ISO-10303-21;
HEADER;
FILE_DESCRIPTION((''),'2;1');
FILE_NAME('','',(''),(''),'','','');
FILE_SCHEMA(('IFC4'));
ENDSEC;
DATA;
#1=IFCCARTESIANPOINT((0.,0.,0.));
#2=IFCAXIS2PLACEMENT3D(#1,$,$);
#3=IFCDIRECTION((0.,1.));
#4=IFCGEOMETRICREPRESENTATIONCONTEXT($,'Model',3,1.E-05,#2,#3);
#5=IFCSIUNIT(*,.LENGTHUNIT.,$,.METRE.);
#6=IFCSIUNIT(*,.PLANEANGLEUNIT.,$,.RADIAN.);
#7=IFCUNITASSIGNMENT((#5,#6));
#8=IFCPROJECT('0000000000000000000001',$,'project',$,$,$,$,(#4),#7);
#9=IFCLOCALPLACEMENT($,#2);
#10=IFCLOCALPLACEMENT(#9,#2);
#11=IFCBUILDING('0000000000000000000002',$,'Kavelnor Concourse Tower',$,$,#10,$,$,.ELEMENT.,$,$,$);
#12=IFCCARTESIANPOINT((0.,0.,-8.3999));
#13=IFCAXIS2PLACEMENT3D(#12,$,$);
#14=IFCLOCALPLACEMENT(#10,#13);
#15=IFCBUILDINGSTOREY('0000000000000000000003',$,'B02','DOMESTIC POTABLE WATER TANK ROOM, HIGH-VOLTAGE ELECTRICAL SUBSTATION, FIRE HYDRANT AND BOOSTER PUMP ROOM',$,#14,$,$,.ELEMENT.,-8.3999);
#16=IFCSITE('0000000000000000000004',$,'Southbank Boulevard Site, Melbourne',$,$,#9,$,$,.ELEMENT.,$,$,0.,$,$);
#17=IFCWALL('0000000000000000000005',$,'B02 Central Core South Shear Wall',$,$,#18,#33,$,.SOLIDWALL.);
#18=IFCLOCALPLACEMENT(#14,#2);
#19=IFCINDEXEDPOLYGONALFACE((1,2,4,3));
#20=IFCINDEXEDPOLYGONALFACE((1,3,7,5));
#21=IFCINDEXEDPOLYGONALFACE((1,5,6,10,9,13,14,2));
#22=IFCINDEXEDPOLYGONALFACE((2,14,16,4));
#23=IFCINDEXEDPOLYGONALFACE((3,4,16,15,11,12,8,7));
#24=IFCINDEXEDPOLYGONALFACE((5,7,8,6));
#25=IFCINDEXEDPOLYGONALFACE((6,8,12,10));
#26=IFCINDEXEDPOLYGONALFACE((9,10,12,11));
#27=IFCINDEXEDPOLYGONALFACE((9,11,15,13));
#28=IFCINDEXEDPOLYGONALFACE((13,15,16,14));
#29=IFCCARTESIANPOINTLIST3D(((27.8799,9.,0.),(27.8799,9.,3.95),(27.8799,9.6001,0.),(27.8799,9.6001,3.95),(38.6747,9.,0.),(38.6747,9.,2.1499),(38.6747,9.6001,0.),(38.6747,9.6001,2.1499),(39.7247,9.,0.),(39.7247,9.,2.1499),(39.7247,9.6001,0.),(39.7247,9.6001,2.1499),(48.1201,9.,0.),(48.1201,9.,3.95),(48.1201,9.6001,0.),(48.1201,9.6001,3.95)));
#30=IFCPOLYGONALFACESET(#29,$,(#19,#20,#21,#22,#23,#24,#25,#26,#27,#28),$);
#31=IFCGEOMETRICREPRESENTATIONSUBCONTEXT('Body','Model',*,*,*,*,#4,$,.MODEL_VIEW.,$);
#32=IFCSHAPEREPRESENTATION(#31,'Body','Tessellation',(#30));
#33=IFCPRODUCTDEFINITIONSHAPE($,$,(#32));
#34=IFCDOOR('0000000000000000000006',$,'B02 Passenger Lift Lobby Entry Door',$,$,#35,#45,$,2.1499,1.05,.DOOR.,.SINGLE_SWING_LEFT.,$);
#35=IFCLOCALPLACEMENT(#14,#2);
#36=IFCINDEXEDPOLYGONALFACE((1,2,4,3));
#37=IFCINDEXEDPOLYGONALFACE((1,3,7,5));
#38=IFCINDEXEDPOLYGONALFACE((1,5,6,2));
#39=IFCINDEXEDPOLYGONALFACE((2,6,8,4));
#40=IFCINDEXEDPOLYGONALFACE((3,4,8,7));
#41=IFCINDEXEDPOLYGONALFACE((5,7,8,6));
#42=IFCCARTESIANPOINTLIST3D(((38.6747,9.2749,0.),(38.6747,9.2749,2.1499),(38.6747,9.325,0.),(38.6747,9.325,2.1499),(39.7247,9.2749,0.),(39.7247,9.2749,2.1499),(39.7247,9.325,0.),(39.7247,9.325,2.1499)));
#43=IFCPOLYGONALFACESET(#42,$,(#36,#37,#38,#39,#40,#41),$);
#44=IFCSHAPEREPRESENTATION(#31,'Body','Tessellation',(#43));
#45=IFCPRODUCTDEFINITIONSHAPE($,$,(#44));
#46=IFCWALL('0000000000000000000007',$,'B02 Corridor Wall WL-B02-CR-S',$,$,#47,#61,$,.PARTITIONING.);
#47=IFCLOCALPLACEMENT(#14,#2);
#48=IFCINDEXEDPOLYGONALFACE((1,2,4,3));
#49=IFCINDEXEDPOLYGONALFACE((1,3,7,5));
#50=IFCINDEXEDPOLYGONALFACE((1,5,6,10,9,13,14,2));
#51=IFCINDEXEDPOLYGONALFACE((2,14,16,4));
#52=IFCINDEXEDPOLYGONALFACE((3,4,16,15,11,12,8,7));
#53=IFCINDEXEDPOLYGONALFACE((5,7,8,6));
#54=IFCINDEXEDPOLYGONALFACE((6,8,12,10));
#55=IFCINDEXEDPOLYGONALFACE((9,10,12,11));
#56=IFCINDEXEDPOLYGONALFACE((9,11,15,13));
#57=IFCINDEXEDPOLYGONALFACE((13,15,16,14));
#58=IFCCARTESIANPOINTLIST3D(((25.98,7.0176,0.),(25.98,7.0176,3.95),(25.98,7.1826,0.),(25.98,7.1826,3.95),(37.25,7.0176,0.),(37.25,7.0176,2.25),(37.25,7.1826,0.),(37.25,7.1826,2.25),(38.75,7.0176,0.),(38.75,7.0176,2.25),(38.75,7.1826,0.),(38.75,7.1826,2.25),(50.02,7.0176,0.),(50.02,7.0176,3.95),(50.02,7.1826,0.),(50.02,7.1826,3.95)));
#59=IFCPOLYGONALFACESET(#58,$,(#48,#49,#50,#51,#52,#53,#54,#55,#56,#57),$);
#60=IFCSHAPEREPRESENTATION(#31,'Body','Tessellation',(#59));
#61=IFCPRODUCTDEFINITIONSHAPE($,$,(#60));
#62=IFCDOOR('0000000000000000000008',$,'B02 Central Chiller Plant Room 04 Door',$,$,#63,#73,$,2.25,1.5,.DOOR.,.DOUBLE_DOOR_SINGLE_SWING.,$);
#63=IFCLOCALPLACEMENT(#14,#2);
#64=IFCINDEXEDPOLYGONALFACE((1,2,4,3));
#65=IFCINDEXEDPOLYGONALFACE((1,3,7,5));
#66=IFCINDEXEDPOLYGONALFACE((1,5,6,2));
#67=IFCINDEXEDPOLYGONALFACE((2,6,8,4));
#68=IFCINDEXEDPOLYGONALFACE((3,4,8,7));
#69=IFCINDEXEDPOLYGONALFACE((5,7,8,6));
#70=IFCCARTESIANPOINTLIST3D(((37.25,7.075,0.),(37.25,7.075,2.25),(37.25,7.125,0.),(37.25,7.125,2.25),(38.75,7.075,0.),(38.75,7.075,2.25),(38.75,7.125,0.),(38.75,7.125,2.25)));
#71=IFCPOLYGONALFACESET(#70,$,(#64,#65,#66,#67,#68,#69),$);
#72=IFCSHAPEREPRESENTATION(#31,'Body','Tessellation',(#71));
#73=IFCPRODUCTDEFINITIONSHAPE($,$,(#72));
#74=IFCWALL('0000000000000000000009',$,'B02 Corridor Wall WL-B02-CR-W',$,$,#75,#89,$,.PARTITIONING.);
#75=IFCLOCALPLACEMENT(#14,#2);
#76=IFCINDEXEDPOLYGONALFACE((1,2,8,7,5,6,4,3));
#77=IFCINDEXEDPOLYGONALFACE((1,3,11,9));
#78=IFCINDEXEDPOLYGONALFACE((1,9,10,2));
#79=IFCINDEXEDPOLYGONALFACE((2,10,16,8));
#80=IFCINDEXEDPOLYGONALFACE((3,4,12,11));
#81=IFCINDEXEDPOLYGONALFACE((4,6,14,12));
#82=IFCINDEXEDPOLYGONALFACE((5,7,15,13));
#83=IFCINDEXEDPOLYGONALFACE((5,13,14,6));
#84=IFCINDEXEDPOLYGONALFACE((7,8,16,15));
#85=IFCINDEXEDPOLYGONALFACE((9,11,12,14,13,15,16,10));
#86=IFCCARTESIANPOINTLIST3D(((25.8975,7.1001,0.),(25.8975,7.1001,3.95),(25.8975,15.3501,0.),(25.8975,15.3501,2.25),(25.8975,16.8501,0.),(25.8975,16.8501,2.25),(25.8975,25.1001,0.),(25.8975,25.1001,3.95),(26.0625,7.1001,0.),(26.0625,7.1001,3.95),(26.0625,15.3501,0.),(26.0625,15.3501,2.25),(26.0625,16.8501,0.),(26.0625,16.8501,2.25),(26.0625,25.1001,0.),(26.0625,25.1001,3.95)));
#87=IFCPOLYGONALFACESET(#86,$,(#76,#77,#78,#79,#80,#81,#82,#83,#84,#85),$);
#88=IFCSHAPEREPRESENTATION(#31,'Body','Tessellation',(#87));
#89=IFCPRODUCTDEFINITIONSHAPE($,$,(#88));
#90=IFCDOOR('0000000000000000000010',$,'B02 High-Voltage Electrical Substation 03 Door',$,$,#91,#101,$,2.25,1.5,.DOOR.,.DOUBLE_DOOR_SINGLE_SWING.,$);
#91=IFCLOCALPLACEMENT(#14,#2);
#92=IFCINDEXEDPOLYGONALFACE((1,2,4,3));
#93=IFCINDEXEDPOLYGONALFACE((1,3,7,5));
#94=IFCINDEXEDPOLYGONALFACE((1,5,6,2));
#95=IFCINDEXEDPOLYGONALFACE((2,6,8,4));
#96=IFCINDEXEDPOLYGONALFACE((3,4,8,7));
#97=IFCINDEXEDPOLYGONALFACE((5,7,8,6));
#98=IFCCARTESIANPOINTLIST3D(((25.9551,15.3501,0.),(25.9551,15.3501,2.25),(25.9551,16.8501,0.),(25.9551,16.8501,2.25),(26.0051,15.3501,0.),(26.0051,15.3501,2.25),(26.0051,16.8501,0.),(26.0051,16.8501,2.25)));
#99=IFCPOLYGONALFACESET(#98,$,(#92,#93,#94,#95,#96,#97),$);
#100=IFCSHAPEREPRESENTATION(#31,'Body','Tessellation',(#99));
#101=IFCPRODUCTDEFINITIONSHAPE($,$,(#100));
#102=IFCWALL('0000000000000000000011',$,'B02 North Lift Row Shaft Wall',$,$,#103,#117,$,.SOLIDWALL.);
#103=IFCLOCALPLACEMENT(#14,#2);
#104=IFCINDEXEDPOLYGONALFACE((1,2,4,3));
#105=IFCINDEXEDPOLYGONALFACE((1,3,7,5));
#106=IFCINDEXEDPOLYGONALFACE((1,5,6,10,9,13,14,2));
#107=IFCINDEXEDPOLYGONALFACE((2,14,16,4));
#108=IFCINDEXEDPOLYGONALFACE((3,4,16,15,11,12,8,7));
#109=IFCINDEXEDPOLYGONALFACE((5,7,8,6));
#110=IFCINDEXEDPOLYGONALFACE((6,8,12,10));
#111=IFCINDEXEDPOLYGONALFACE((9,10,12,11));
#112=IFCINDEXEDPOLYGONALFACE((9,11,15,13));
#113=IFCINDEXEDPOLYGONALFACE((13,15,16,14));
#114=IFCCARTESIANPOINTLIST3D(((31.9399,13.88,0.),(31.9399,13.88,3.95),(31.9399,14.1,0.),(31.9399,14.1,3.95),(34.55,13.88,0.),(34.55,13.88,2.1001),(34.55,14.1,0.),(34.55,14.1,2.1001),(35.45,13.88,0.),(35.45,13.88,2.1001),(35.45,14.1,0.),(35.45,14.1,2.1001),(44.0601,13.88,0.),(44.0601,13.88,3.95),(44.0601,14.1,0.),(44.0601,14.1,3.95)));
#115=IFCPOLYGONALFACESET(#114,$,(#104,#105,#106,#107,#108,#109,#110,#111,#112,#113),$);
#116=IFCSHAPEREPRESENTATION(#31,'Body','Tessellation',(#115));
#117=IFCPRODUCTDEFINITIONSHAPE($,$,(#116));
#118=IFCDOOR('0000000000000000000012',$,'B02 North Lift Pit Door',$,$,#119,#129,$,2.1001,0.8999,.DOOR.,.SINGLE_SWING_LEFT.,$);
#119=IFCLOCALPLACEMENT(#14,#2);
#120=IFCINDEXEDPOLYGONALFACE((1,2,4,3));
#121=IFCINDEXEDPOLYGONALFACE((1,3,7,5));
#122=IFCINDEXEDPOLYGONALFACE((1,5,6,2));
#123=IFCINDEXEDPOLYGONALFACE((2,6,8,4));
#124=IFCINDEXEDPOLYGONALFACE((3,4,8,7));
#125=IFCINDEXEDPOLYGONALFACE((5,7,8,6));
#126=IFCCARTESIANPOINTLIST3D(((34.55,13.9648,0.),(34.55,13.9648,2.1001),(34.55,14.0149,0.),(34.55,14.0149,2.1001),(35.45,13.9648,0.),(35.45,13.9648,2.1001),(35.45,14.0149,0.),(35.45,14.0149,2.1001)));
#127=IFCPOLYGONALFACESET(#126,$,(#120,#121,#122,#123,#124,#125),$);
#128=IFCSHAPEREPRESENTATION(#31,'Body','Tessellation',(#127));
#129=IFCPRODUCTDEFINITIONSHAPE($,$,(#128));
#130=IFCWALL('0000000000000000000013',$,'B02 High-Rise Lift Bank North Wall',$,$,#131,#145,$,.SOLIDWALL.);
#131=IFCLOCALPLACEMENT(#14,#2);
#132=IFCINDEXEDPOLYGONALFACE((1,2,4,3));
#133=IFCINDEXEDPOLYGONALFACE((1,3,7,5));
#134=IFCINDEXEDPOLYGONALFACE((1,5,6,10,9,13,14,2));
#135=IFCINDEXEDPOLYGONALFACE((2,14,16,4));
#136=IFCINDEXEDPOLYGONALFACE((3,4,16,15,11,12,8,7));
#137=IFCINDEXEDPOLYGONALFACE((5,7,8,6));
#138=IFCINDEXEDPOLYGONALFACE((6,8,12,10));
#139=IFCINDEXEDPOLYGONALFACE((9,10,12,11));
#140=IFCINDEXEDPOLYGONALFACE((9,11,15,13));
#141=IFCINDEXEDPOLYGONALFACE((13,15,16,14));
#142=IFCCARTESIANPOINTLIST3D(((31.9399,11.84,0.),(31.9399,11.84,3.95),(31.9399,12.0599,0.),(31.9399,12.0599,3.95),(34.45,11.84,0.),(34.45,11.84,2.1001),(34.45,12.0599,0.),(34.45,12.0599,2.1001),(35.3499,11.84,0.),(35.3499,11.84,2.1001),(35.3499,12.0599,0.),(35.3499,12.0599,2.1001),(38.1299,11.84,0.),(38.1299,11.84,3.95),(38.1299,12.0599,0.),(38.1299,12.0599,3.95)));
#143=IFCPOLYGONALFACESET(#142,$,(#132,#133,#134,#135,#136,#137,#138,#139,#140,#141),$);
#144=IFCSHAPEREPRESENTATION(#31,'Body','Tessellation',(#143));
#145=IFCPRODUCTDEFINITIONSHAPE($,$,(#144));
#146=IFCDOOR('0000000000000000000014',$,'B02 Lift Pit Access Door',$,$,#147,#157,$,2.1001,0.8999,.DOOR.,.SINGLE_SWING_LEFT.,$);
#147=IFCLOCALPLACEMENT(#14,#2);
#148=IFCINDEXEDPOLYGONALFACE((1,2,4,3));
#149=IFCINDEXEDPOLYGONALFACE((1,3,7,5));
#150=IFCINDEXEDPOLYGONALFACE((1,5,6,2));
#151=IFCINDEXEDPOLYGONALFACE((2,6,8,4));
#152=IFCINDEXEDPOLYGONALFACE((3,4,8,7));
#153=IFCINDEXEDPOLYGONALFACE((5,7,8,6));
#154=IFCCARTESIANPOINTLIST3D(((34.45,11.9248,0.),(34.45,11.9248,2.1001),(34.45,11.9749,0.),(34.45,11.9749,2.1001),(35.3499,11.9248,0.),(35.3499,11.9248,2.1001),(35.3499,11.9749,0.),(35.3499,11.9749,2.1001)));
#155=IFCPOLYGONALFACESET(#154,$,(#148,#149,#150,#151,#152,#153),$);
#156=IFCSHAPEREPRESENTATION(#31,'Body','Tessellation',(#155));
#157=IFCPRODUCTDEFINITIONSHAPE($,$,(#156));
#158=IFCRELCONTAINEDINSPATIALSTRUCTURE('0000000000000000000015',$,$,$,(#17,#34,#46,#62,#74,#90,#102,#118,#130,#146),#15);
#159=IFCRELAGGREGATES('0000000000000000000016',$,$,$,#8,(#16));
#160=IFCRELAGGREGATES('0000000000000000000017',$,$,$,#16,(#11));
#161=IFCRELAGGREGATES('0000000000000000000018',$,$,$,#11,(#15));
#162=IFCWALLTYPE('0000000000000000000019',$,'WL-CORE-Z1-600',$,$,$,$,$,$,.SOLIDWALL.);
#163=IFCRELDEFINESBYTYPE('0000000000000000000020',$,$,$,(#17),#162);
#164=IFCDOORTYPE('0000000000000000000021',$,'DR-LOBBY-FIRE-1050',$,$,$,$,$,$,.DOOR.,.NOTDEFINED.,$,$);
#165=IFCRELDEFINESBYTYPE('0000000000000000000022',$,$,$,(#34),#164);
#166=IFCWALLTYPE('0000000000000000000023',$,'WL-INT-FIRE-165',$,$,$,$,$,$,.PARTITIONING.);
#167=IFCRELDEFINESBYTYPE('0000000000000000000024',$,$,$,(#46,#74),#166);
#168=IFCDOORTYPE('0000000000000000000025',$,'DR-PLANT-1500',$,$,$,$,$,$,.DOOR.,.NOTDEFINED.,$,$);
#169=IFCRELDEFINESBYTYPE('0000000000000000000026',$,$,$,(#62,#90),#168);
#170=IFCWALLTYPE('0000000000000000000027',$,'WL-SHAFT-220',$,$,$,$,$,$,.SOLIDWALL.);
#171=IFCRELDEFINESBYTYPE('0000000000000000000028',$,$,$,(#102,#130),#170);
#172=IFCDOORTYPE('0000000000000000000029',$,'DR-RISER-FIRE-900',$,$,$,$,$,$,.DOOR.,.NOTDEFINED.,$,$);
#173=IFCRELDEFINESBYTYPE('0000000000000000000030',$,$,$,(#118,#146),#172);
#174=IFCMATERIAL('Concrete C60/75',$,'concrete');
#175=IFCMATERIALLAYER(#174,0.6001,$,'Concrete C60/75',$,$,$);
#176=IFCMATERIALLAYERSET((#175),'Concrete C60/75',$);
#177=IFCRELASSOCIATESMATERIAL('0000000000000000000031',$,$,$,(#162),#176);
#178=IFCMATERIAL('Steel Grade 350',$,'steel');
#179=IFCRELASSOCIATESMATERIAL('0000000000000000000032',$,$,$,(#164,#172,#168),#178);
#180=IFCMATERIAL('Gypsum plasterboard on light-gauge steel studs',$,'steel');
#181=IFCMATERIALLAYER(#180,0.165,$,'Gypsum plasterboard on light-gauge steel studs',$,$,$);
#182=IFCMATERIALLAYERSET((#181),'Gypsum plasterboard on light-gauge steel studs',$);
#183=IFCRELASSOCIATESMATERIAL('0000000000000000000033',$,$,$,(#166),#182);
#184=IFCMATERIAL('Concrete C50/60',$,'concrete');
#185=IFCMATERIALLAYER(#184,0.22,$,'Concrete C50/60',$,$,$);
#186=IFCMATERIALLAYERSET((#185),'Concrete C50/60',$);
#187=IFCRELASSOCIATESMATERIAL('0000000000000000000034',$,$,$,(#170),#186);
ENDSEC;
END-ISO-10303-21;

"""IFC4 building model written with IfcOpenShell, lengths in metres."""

from ifc_helpers import new_model, si_unit, direction, frame, frame_2d, origin, place, context, subcontext, project, spatial, rectangle, extrude, material, layer, layer_set, type_object, element, fill, save


model = new_model("IFC4")

# Units and contexts
model_context = context("Model", 3, precision=1e-05, world=origin(), true_north=direction((0.0, 1.0)))
body_context = subcontext(model_context, "Body", "Model", "MODEL_VIEW")
ifc_project = project(units=[si_unit("LENGTHUNIT", "METRE"), si_unit("PLANEANGLEUNIT", "RADIAN")], contexts=[model_context])

# Site, building, storey
site_placement = place(None, origin())
site = spatial("IfcSite", under=ifc_project, at=site_placement, Name="Southbank Boulevard Site, Melbourne", CompositionType="ELEMENT", RefElevation=0.0)
building_placement = place(site_placement, origin())
building = spatial("IfcBuilding", under=site, at=building_placement, Name="Kavelnor Concourse Tower", CompositionType="ELEMENT")
storey_placement = place(building_placement, frame((0.0, 0.0, -8.3999)))
storey = spatial("IfcBuildingStorey", under=building, at=storey_placement, Name="B02", Description="DOMESTIC POTABLE WATER TANK ROOM, HIGH-VOLTAGE ELECTRICAL SUBSTATION, FIRE HYDRANT AND BOOSTER PUMP ROOM", CompositionType="ELEMENT", Elevation=-8.3999)

# Shared definitions
ifc_material_1 = material(Name="Concrete C50/60", Category="concrete")

# Shared definitions
ifc_material_2 = material(Name="Steel Grade 350", Category="steel")

# Wall, opening, door
ifc_material_3 = material(Name="Concrete C60/75", Category="concrete")
ifc_layer_1 = layer(ifc_material_3, 0.6001, Name="Concrete C60/75")
ifc_layer_set_1 = layer_set([ifc_layer_1], Name="Concrete C60/75")
wall_type_1 = type_object("IfcWallType", Name="WL-CORE-Z1-600", PredefinedType="SOLIDWALL", material=ifc_layer_set_1)
wall_1_placement = place(storey_placement, frame((27.8799, 9.3, 0.0), z_axis=(0.0, 0.0, 1.0), x_axis=(1.0, 0.0, 0.0)))
wall_1 = element("IfcWall", 1, at=wall_1_placement, inside=storey, type_object=wall_type_1, Name="B02 Central Core South Shear Wall", PredefinedType="SOLIDWALL", context=body_context, shape_type="SweptSolid", body=[
    extrude(rectangle(XDim=20.2402, YDim=0.6001, at=frame_2d((10.1201, 0.0))), origin(), (0.0, 0.0, 1.0), 3.95),
])
opening_1_placement = place(wall_1_placement, frame((10.7949, 0.0, 0.0)))
opening_1 = element("IfcOpeningElement", 2, at=opening_1_placement, cuts=wall_1, PredefinedType="OPENING", context=body_context, shape_type="SweptSolid", body=[
    extrude(rectangle(XDim=1.05, YDim=2.1499, at=frame_2d((0.5249, 1.075))), frame((0.0, 0.3101, 0.0), z_axis=(0.0, -1.0, 0.0), x_axis=(1.0, 0.0, 0.0)), (0.0, 0.0, 1.0), 0.6201),
])
door_type_1 = type_object("IfcDoorType", Name="DR-LOBBY-FIRE-1050", OperationType="NOTDEFINED", PredefinedType="DOOR", material=ifc_material_2)
door_1_placement = place(opening_1_placement, origin())
door_1 = element("IfcDoor", 3, at=door_1_placement, inside=storey, type_object=door_type_1, Name="B02 Passenger Lift Lobby Entry Door", OperationType="SINGLE_SWING_LEFT", OverallHeight=2.1499, OverallWidth=1.05, PredefinedType="DOOR", context=body_context, shape_type="SweptSolid", body=[
    extrude(rectangle(XDim=1.05, YDim=2.1499, at=frame_2d((0.5249, 1.075))), frame((0.0, 0.0249, 0.0), z_axis=(0.0, -1.0, 0.0), x_axis=(1.0, 0.0, 0.0)), (0.0, 0.0, 1.0), 0.05),
])
fill(opening_1, door_1)

# Shared definitions
door_type_2 = type_object("IfcDoorType", Name="DR-RISER-FIRE-900", OperationType="NOTDEFINED", PredefinedType="DOOR", material=ifc_material_2)

# Walls, openings, doors
ifc_material_4 = material(Name="Gypsum plasterboard on light-gauge steel studs", Category="steel")
ifc_layer_2 = layer(ifc_material_4, 0.165, Name="Gypsum plasterboard on light-gauge steel studs")
ifc_layer_set_2 = layer_set([ifc_layer_2], Name="Gypsum plasterboard on light-gauge steel studs")
wall_type_2 = type_object("IfcWallType", Name="WL-INT-FIRE-165", PredefinedType="PARTITIONING", material=ifc_layer_set_2)
wall_2_placement = place(storey_placement, frame((25.98, 7.1001, 0.0), z_axis=(0.0, 0.0, 1.0), x_axis=(1.0, 0.0, 0.0)))
wall_2 = element("IfcWall", 4, at=wall_2_placement, inside=storey, type_object=wall_type_2, Name="B02 Corridor Wall WL-B02-CR-S", PredefinedType="PARTITIONING", context=body_context, shape_type="SweptSolid", body=[
    extrude(rectangle(XDim=24.04, YDim=0.165, at=frame_2d((12.02, 0.0))), origin(), (0.0, 0.0, 1.0), 3.95),
])
opening_2_placement = place(wall_2_placement, frame((11.27, 0.0, 0.0)))
opening_2 = element("IfcOpeningElement", 5, at=opening_2_placement, cuts=wall_2, PredefinedType="OPENING", context=body_context, shape_type="SweptSolid", body=[
    extrude(rectangle(XDim=1.5, YDim=2.25, at=frame_2d((0.75, 1.125))), frame((0.0, 0.0925, 0.0), z_axis=(0.0, -1.0, 0.0), x_axis=(1.0, 0.0, 0.0)), (0.0, 0.0, 1.0), 0.1851),
])
door_type_3 = type_object("IfcDoorType", Name="DR-PLANT-1500", OperationType="NOTDEFINED", PredefinedType="DOOR", material=ifc_material_2)
door_2_placement = place(opening_2_placement, origin())
door_2 = element("IfcDoor", 6, at=door_2_placement, inside=storey, type_object=door_type_3, Name="B02 Central Chiller Plant Room 04 Door", OperationType="DOUBLE_DOOR_SINGLE_SWING", OverallHeight=2.25, OverallWidth=1.5, PredefinedType="DOOR", context=body_context, shape_type="SweptSolid", body=[
    extrude(rectangle(XDim=1.5, YDim=2.25, at=frame_2d((0.75, 1.125))), frame((0.0, 0.0249, 0.0), z_axis=(0.0, -1.0, 0.0), x_axis=(1.0, 0.0, 0.0)), (0.0, 0.0, 1.0), 0.05),
])
fill(opening_2, door_2)
wall_3_placement = place(storey_placement, frame((25.98, 7.1001, 0.0), z_axis=(0.0, 0.0, 1.0), x_axis=(0.0, 1.0, 0.0)))
wall_3 = element("IfcWall", 7, at=wall_3_placement, inside=storey, type_object=wall_type_2, Name="B02 Corridor Wall WL-B02-CR-W", PredefinedType="PARTITIONING", context=body_context, shape_type="SweptSolid", body=[
    extrude(rectangle(XDim=18.0, YDim=0.165, at=frame_2d((9.0, 0.0))), origin(), (0.0, 0.0, 1.0), 3.95),
])
opening_3_placement = place(wall_3_placement, frame((8.25, 0.0, 0.0)))
opening_3 = element("IfcOpeningElement", 8, at=opening_3_placement, cuts=wall_3, PredefinedType="OPENING", context=body_context, shape_type="SweptSolid", body=[
    extrude(rectangle(XDim=1.5, YDim=2.25, at=frame_2d((0.75, 1.125))), frame((0.0, 0.0925, 0.0), z_axis=(0.0, -1.0, 0.0), x_axis=(1.0, 0.0, 0.0)), (0.0, 0.0, 1.0), 0.1851),
])
door_3_placement = place(opening_3_placement, origin())
door_3 = element("IfcDoor", 9, at=door_3_placement, inside=storey, type_object=door_type_3, Name="B02 High-Voltage Electrical Substation 03 Door", OperationType="DOUBLE_DOOR_SINGLE_SWING", OverallHeight=2.25, OverallWidth=1.5, PredefinedType="DOOR", context=body_context, shape_type="SweptSolid", body=[
    extrude(rectangle(XDim=1.5, YDim=2.25, at=frame_2d((0.75, 1.125))), frame((0.0, 0.0249, 0.0), z_axis=(0.0, -1.0, 0.0), x_axis=(1.0, 0.0, 0.0)), (0.0, 0.0, 1.0), 0.05),
])
fill(opening_3, door_3)
ifc_layer_3 = layer(ifc_material_1, 0.22, Name="Concrete C50/60")
ifc_layer_set_3 = layer_set([ifc_layer_3], Name="Concrete C50/60")
wall_type_3 = type_object("IfcWallType", Name="WL-SHAFT-220", PredefinedType="SOLIDWALL", material=ifc_layer_set_3)
wall_4_placement = place(storey_placement, frame((31.9399, 13.99, 0.0), z_axis=(0.0, 0.0, 1.0), x_axis=(1.0, 0.0, 0.0)))
wall_4 = element("IfcWall", 10, at=wall_4_placement, inside=storey, type_object=wall_type_3, Name="B02 North Lift Row Shaft Wall", PredefinedType="SOLIDWALL", context=body_context, shape_type="SweptSolid", body=[
    extrude(rectangle(XDim=12.1201, YDim=0.22, at=frame_2d((6.0601, 0.0))), origin(), (0.0, 0.0, 1.0), 3.95),
])
opening_4_placement = place(wall_4_placement, frame((2.6101, 0.0, 0.0)))
opening_4 = element("IfcOpeningElement", 11, at=opening_4_placement, cuts=wall_4, PredefinedType="OPENING", context=body_context, shape_type="SweptSolid", body=[
    extrude(rectangle(XDim=0.8999, YDim=2.1001, at=frame_2d((0.45, 1.05))), frame((0.0, 0.1201, 0.0), z_axis=(0.0, -1.0, 0.0), x_axis=(1.0, 0.0, 0.0)), (0.0, 0.0, 1.0), 0.24),
])
door_4_placement = place(opening_4_placement, origin())
door_4 = element("IfcDoor", 12, at=door_4_placement, inside=storey, type_object=door_type_2, Name="B02 North Lift Pit Door", OperationType="SINGLE_SWING_LEFT", OverallHeight=2.1001, OverallWidth=0.8999, PredefinedType="DOOR", context=body_context, shape_type="SweptSolid", body=[
    extrude(rectangle(XDim=0.8999, YDim=2.1001, at=frame_2d((0.45, 1.05))), frame((0.0, 0.0249, 0.0), z_axis=(0.0, -1.0, 0.0), x_axis=(1.0, 0.0, 0.0)), (0.0, 0.0, 1.0), 0.05),
])
fill(opening_4, door_4)
wall_5_placement = place(storey_placement, frame((31.9399, 11.95, 0.0), z_axis=(0.0, 0.0, 1.0), x_axis=(1.0, 0.0, 0.0)))
wall_5 = element("IfcWall", 13, at=wall_5_placement, inside=storey, type_object=wall_type_3, Name="B02 High-Rise Lift Bank North Wall", PredefinedType="SOLIDWALL", context=body_context, shape_type="SweptSolid", body=[
    extrude(rectangle(XDim=6.1899, YDim=0.22, at=frame_2d((3.095, 0.0))), origin(), (0.0, 0.0, 1.0), 3.95),
])
opening_5_placement = place(wall_5_placement, frame((2.51, 0.0, 0.0)))
opening_5 = element("IfcOpeningElement", 14, at=opening_5_placement, cuts=wall_5, PredefinedType="OPENING", context=body_context, shape_type="SweptSolid", body=[
    extrude(rectangle(XDim=0.8999, YDim=2.1001, at=frame_2d((0.45, 1.05))), frame((0.0, 0.1201, 0.0), z_axis=(0.0, -1.0, 0.0), x_axis=(1.0, 0.0, 0.0)), (0.0, 0.0, 1.0), 0.24),
])
door_5_placement = place(opening_5_placement, origin())
door_5 = element("IfcDoor", 15, at=door_5_placement, inside=storey, type_object=door_type_2, Name="B02 Lift Pit Access Door", OperationType="SINGLE_SWING_LEFT", OverallHeight=2.1001, OverallWidth=0.8999, PredefinedType="DOOR", context=body_context, shape_type="SweptSolid", body=[
    extrude(rectangle(XDim=0.8999, YDim=2.1001, at=frame_2d((0.45, 1.05))), frame((0.0, 0.0249, 0.0), z_axis=(0.0, -1.0, 0.0), x_axis=(1.0, 0.0, 0.0)), (0.0, 0.0, 1.0), 0.05),
])
fill(opening_5, door_5)

save(model, "model.ifc")
